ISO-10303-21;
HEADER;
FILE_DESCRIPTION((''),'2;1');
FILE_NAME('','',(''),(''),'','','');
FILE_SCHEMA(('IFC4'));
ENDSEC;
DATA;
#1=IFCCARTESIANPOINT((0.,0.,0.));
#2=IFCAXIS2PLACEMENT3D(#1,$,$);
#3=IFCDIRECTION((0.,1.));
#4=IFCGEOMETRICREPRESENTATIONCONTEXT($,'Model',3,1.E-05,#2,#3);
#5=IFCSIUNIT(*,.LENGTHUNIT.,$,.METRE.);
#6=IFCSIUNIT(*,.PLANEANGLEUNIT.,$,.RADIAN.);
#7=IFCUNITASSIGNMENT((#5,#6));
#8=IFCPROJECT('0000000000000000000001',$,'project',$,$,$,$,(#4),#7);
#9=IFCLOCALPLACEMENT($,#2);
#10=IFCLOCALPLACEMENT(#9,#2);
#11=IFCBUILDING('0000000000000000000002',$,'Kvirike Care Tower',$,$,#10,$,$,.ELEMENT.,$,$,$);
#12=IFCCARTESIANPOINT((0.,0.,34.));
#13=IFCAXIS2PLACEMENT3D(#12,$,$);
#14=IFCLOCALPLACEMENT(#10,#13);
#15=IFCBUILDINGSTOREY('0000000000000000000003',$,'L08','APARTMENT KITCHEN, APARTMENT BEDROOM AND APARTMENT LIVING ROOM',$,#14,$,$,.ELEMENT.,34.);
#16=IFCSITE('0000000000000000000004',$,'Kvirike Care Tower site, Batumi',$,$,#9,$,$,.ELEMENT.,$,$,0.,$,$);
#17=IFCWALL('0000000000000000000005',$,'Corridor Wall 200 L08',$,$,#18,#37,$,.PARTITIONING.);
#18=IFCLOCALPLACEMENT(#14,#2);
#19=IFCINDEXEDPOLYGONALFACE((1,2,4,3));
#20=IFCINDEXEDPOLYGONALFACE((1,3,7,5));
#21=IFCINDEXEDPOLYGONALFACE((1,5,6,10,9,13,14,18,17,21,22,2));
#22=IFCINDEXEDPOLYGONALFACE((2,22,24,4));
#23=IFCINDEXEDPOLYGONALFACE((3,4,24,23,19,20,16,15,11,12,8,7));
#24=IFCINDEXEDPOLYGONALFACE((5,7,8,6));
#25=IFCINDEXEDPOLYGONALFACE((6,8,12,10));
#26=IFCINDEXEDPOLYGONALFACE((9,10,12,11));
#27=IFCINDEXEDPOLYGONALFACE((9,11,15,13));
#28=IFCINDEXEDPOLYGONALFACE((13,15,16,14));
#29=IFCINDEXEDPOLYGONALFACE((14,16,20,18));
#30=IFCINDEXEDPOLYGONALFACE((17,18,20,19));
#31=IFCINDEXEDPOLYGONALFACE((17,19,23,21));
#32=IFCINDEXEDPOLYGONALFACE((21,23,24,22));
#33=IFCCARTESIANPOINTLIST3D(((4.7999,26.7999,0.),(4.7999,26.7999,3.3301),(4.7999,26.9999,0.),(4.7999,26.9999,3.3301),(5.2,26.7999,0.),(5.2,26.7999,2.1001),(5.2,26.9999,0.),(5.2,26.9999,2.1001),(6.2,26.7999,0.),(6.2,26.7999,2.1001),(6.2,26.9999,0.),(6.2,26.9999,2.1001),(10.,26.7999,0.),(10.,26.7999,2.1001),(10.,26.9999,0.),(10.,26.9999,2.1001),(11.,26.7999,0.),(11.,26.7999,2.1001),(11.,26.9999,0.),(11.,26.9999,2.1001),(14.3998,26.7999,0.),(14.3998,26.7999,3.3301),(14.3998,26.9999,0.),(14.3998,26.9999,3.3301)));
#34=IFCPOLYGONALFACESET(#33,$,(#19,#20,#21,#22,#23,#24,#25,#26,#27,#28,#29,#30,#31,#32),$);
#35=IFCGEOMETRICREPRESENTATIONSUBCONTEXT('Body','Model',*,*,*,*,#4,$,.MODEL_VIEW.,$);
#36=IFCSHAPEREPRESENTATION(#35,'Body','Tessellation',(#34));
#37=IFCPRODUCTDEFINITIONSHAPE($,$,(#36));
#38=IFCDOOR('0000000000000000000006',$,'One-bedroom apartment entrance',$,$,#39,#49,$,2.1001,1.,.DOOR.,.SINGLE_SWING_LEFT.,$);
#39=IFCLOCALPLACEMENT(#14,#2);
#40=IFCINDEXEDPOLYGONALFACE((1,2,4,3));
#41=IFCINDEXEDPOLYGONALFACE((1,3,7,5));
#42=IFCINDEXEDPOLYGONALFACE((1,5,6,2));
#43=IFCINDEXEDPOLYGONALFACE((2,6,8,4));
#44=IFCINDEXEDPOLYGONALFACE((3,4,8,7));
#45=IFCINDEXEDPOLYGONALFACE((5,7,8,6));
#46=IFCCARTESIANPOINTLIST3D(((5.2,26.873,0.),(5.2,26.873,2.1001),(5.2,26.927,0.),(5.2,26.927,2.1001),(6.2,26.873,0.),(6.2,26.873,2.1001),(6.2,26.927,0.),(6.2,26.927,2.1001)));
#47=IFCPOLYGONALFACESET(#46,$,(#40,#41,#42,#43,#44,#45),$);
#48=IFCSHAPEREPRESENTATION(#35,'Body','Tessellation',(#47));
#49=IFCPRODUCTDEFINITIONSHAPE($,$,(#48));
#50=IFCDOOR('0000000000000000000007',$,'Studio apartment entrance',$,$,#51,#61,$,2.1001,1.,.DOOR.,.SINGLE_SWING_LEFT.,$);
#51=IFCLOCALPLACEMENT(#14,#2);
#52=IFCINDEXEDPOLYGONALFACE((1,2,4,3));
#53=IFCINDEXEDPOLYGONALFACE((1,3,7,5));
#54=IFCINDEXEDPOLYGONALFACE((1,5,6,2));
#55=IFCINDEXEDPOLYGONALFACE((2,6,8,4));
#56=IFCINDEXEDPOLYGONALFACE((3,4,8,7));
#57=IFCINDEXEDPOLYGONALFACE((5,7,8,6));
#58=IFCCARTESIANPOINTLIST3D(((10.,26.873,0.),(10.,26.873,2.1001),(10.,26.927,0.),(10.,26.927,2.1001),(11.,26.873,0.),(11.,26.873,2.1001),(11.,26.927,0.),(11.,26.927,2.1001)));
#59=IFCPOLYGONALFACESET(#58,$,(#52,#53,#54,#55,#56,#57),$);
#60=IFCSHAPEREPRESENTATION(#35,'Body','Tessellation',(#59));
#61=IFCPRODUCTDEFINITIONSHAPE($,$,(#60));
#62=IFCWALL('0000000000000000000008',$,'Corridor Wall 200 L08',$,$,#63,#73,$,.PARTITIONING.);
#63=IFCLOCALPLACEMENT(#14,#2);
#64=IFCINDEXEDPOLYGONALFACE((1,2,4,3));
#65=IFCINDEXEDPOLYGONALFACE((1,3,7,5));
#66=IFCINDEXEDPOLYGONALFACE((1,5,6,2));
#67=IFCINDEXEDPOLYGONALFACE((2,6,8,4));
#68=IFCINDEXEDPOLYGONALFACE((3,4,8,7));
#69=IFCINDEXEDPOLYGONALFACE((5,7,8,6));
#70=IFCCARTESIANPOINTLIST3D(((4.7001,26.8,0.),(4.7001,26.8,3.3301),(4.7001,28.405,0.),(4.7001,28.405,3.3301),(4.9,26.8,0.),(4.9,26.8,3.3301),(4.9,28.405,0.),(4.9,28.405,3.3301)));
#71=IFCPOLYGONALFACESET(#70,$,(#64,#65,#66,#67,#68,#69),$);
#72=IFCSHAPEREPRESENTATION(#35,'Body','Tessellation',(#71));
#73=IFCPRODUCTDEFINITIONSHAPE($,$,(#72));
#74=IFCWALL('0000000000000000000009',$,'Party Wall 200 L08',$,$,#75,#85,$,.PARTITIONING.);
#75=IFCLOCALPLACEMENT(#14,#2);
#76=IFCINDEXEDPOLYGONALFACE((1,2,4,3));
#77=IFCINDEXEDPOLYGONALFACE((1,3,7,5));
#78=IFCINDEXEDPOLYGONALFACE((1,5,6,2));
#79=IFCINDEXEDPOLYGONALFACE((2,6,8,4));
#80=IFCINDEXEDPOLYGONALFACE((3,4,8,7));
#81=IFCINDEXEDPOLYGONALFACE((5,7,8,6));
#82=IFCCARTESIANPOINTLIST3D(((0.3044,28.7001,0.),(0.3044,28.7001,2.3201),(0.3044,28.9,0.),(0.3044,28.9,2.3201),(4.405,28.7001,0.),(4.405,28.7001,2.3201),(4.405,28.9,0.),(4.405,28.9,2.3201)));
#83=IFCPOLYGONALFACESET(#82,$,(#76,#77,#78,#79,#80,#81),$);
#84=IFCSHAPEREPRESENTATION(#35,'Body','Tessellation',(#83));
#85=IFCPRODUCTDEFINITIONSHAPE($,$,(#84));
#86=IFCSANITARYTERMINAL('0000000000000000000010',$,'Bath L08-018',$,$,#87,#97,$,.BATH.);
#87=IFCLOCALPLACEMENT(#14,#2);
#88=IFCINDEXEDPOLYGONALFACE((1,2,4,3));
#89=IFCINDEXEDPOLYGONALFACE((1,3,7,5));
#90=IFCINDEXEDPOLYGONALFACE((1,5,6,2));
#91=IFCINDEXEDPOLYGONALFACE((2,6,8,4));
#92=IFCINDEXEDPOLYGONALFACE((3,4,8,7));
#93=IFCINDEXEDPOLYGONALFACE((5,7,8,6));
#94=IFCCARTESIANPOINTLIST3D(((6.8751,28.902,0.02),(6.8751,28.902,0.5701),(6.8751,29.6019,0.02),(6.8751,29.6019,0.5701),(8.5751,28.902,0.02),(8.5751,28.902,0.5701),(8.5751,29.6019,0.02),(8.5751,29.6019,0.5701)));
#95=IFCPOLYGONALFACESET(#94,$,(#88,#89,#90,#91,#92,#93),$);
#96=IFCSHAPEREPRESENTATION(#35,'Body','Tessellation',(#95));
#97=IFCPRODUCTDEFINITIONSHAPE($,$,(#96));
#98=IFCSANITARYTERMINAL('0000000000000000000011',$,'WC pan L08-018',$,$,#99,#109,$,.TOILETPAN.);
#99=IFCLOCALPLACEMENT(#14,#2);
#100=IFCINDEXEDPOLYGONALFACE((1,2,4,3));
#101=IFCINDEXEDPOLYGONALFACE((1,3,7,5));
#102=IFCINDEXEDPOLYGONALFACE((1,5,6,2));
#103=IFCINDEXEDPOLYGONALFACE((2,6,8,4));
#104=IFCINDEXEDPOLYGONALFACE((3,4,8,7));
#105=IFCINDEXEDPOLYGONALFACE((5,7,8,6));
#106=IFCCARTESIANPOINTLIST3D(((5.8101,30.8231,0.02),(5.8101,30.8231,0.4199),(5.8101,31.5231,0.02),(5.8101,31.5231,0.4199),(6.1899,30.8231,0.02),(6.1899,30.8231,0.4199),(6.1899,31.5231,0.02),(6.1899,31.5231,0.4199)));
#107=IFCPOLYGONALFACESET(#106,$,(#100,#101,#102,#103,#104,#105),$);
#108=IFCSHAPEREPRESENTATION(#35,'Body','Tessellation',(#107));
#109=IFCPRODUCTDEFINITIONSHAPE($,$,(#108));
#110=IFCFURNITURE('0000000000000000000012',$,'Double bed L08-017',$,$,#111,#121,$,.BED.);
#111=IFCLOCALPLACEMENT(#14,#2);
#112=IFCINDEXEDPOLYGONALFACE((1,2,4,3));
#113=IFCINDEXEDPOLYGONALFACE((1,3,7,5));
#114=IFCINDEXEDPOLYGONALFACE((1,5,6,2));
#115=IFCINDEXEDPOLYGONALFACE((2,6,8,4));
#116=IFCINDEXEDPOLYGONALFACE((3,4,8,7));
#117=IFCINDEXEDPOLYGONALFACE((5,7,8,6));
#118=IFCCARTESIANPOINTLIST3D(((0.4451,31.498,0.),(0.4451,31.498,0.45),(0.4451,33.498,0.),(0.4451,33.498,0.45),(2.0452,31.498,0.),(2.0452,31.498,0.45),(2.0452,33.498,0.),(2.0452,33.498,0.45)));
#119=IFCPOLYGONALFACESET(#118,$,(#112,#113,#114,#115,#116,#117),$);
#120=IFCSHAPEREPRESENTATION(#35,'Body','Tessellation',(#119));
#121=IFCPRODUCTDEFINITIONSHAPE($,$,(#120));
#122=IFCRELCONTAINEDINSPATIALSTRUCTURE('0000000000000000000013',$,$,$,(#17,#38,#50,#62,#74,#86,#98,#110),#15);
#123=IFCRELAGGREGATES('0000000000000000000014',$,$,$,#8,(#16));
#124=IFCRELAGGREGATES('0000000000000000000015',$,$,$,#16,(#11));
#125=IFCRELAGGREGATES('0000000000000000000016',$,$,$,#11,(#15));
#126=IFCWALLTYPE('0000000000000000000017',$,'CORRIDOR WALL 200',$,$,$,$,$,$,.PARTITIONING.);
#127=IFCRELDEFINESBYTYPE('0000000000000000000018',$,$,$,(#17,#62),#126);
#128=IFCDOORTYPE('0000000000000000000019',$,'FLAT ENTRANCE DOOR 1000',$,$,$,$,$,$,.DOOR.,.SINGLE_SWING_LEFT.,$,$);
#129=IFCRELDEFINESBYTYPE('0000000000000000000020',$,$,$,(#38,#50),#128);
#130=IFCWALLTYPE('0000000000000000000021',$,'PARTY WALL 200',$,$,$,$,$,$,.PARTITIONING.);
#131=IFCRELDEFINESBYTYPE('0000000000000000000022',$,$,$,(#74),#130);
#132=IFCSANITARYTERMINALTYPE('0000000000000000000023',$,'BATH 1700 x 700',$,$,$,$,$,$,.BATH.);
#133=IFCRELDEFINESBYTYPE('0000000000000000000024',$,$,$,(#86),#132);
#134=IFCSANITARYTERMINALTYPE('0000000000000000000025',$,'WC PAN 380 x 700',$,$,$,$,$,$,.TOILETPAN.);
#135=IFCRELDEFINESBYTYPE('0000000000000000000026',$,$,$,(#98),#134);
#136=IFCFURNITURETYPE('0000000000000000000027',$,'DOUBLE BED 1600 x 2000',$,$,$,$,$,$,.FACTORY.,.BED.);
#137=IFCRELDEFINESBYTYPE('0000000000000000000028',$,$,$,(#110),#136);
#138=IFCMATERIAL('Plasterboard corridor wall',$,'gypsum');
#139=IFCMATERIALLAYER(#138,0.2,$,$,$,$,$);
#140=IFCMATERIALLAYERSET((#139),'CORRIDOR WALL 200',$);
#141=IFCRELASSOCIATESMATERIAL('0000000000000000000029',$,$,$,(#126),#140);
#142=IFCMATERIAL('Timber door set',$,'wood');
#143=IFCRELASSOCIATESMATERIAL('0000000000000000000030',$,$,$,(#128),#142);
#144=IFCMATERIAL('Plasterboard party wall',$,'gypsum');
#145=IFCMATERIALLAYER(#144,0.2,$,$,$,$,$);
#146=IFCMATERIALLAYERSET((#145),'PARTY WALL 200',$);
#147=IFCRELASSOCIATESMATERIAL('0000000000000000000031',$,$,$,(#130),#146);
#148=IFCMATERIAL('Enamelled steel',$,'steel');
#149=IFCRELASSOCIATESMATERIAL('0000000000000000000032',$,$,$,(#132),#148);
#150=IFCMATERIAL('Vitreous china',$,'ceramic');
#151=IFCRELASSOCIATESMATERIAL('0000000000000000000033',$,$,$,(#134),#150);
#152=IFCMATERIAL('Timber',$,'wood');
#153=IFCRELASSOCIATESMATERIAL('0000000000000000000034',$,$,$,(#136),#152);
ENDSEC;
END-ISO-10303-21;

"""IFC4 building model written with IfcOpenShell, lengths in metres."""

from ifc_helpers import new_model, si_unit, direction, frame, frame_2d, origin, origin_2d, place, context, subcontext, project, spatial, rectangle, extrude, material, layer, layer_set, type_object, element, fill, save


model = new_model("IFC4")

# Units and contexts
model_context = context("Model", 3, precision=1e-05, world=origin(), true_north=direction((0.0, 1.0)))
body_context = subcontext(model_context, "Body", "Model", "MODEL_VIEW")
ifc_project = project(units=[si_unit("LENGTHUNIT", "METRE"), si_unit("PLANEANGLEUNIT", "RADIAN")], contexts=[model_context])

# Site, building, storey
site_placement = place(None, origin())
site = spatial("IfcSite", under=ifc_project, at=site_placement, Name="Kvirike Care Tower site, Batumi", CompositionType="ELEMENT", RefElevation=0.0)
building_placement = place(site_placement, origin())
building = spatial("IfcBuilding", under=site, at=building_placement, Name="Kvirike Care Tower", CompositionType="ELEMENT")
storey_placement = place(building_placement, frame((0.0, 0.0, 34.0)))
storey = spatial("IfcBuildingStorey", under=building, at=storey_placement, Name="L08", Description="APARTMENT KITCHEN, APARTMENT BEDROOM AND APARTMENT LIVING ROOM", CompositionType="ELEMENT", Elevation=34.0)

# Wall, openings, doors
ifc_material_1 = material(Name="Plasterboard corridor wall", Category="gypsum")
ifc_layer_1 = layer(ifc_material_1, 0.2)
ifc_layer_set_1 = layer_set([ifc_layer_1], Name="CORRIDOR WALL 200")
wall_type_1 = type_object("IfcWallType", Name="CORRIDOR WALL 200", PredefinedType="PARTITIONING", material=ifc_layer_set_1)
wall_1_placement = place(storey_placement, frame((4.8, 26.8999, 0.0), z_axis=(0.0, 0.0, 1.0), x_axis=(1.0, 0.0, 0.0)))
wall_1 = element("IfcWall", 1, at=wall_1_placement, inside=storey, type_object=wall_type_1, Name="Corridor Wall 200 L08", PredefinedType="PARTITIONING", context=body_context, shape_type="SweptSolid", body=[
    extrude(rectangle(XDim=9.5999, YDim=0.2, at=frame_2d((4.7998, 0.0))), origin(), (0.0, 0.0, 1.0), 3.3301),
])
opening_1_placement = place(wall_1_placement, frame((0.3999, 0.0, 0.0)))
opening_1 = element("IfcOpeningElement", 2, at=opening_1_placement, cuts=wall_1, PredefinedType="OPENING", context=body_context, shape_type="SweptSolid", body=[
    extrude(rectangle(XDim=1.0, YDim=2.1001, at=frame_2d((0.5, 1.05))), frame((0.0, 0.1106, 0.0), z_axis=(0.0, -1.0, 0.0), x_axis=(1.0, 0.0, 0.0)), (0.0, 0.0, 1.0), 0.2209),
])
opening_2_placement = place(wall_1_placement, frame((5.2, 0.0, 0.0)))
opening_2 = element("IfcOpeningElement", 3, at=opening_2_placement, cuts=wall_1, PredefinedType="OPENING", context=body_context, shape_type="SweptSolid", body=[
    extrude(rectangle(XDim=1.0, YDim=2.1001, at=frame_2d((0.5, 1.05))), frame((0.0, 0.1106, 0.0), z_axis=(0.0, -1.0, 0.0), x_axis=(1.0, 0.0, 0.0)), (0.0, 0.0, 1.0), 0.2209),
])
ifc_material_2 = material(Name="Timber door set", Category="wood")
door_type_1 = type_object("IfcDoorType", Name="FLAT ENTRANCE DOOR 1000", OperationType="SINGLE_SWING_LEFT", PredefinedType="DOOR", material=ifc_material_2)
door_1_placement = place(opening_1_placement, frame((1.0, 0.0, 0.0), z_axis=(0.0, 0.0, 1.0), x_axis=(-1.0, 0.0, 0.0)))
door_1 = element("IfcDoor", 4, at=door_1_placement, inside=storey, type_object=door_type_1, Name="One-bedroom apartment entrance", OperationType="SINGLE_SWING_LEFT", OverallHeight=2.1001, OverallWidth=1.0, PredefinedType="DOOR", context=body_context, shape_type="SweptSolid", body=[
    extrude(rectangle(XDim=1.0, YDim=2.1001, at=frame_2d((0.5, 1.05))), frame((0.0, 0.0269, 0.0), z_axis=(0.0, -1.0, 0.0), x_axis=(1.0, 0.0, 0.0)), (0.0, 0.0, 1.0), 0.054),
])
fill(opening_1, door_1)
door_2_placement = place(opening_2_placement, frame((1.0, 0.0, 0.0), z_axis=(0.0, 0.0, 1.0), x_axis=(-1.0, 0.0, 0.0)))
door_2 = element("IfcDoor", 5, at=door_2_placement, inside=storey, type_object=door_type_1, Name="Studio apartment entrance", OperationType="SINGLE_SWING_LEFT", OverallHeight=2.1001, OverallWidth=1.0, PredefinedType="DOOR", context=body_context, shape_type="SweptSolid", body=[
    extrude(rectangle(XDim=1.0, YDim=2.1001, at=frame_2d((0.5, 1.05))), frame((0.0, 0.0269, 0.0), z_axis=(0.0, -1.0, 0.0), x_axis=(1.0, 0.0, 0.0)), (0.0, 0.0, 1.0), 0.054),
])
fill(opening_2, door_2)

# Walls
wall_2_placement = place(storey_placement, frame((4.8, 26.8, 0.0), z_axis=(0.0, 0.0, 1.0), x_axis=(0.0, 1.0, 0.0)))
element("IfcWall", 6, at=wall_2_placement, inside=storey, type_object=wall_type_1, Name="Corridor Wall 200 L08", PredefinedType="PARTITIONING", context=body_context, shape_type="SweptSolid", body=[
    extrude(rectangle(XDim=1.605, YDim=0.2, at=frame_2d((0.8025, 0.0))), origin(), (0.0, 0.0, 1.0), 3.3301),
])
ifc_material_3 = material(Name="Plasterboard party wall", Category="gypsum")
ifc_layer_2 = layer(ifc_material_3, 0.2)
ifc_layer_set_2 = layer_set([ifc_layer_2], Name="PARTY WALL 200")
wall_type_2 = type_object("IfcWallType", Name="PARTY WALL 200", PredefinedType="PARTITIONING", material=ifc_layer_set_2)
wall_3_placement = place(storey_placement, frame((4.405, 28.8, 0.0), z_axis=(0.0, 0.0, 1.0), x_axis=(-1.0, 0.0, 0.0)))
element("IfcWall", 7, at=wall_3_placement, inside=storey, type_object=wall_type_2, Name="Party Wall 200 L08", PredefinedType="PARTITIONING", context=body_context, shape_type="SweptSolid", body=[
    extrude(rectangle(XDim=4.1006, YDim=0.2, at=frame_2d((2.0503, 0.0))), origin(), (0.0, 0.0, 1.0), 2.3201),
])

# Sanitary terminals
ifc_material_4 = material(Name="Enamelled steel", Category="steel")
sanitary_terminal_type_1 = type_object("IfcSanitaryTerminalType", Name="BATH 1700 x 700", PredefinedType="BATH", material=ifc_material_4)
sanitary_terminal_1_placement = place(storey_placement, frame((7.7251, 29.252, 0.02), z_axis=(0.0, 0.0, 1.0), x_axis=(-1.0, 0.0, 0.0)))
element("IfcSanitaryTerminal", 8, at=sanitary_terminal_1_placement, inside=storey, type_object=sanitary_terminal_type_1, Name="Bath L08-018", PredefinedType="BATH", context=body_context, shape_type="SweptSolid", body=[
    extrude(rectangle(XDim=1.7, YDim=0.7, at=origin_2d()), origin(), (0.0, 0.0, 1.0), 0.55),
])
ifc_material_5 = material(Name="Vitreous china", Category="ceramic")
sanitary_terminal_type_2 = type_object("IfcSanitaryTerminalType", Name="WC PAN 380 x 700", PredefinedType="TOILETPAN", material=ifc_material_5)
sanitary_terminal_2_placement = place(storey_placement, frame((6.0, 31.1731, 0.02), z_axis=(0.0, 0.0, 1.0), x_axis=(1.0, 0.0, 0.0)))
element("IfcSanitaryTerminal", 9, at=sanitary_terminal_2_placement, inside=storey, type_object=sanitary_terminal_type_2, Name="WC pan L08-018", PredefinedType="TOILETPAN", context=body_context, shape_type="SweptSolid", body=[
    extrude(rectangle(XDim=0.3799, YDim=0.7, at=origin_2d()), origin(), (0.0, 0.0, 1.0), 0.3999),
])

# Furniture
ifc_material_6 = material(Name="Timber", Category="wood")
furniture_type = type_object("IfcFurnitureType", Name="DOUBLE BED 1600 x 2000", AssemblyPlace="FACTORY", PredefinedType="BED", material=ifc_material_6)
furniture_placement = place(storey_placement, frame((1.2451, 32.498, 0.0), z_axis=(0.0, 0.0, 1.0), x_axis=(1.0, 0.0, 0.0)))
element("IfcFurniture", 10, at=furniture_placement, inside=storey, type_object=furniture_type, Name="Double bed L08-017", PredefinedType="BED", context=body_context, shape_type="SweptSolid", body=[
    extrude(rectangle(XDim=1.6001, YDim=2.0, at=origin_2d()), origin(), (0.0, 0.0, 1.0), 0.45),
])

save(model, "model.ifc")
